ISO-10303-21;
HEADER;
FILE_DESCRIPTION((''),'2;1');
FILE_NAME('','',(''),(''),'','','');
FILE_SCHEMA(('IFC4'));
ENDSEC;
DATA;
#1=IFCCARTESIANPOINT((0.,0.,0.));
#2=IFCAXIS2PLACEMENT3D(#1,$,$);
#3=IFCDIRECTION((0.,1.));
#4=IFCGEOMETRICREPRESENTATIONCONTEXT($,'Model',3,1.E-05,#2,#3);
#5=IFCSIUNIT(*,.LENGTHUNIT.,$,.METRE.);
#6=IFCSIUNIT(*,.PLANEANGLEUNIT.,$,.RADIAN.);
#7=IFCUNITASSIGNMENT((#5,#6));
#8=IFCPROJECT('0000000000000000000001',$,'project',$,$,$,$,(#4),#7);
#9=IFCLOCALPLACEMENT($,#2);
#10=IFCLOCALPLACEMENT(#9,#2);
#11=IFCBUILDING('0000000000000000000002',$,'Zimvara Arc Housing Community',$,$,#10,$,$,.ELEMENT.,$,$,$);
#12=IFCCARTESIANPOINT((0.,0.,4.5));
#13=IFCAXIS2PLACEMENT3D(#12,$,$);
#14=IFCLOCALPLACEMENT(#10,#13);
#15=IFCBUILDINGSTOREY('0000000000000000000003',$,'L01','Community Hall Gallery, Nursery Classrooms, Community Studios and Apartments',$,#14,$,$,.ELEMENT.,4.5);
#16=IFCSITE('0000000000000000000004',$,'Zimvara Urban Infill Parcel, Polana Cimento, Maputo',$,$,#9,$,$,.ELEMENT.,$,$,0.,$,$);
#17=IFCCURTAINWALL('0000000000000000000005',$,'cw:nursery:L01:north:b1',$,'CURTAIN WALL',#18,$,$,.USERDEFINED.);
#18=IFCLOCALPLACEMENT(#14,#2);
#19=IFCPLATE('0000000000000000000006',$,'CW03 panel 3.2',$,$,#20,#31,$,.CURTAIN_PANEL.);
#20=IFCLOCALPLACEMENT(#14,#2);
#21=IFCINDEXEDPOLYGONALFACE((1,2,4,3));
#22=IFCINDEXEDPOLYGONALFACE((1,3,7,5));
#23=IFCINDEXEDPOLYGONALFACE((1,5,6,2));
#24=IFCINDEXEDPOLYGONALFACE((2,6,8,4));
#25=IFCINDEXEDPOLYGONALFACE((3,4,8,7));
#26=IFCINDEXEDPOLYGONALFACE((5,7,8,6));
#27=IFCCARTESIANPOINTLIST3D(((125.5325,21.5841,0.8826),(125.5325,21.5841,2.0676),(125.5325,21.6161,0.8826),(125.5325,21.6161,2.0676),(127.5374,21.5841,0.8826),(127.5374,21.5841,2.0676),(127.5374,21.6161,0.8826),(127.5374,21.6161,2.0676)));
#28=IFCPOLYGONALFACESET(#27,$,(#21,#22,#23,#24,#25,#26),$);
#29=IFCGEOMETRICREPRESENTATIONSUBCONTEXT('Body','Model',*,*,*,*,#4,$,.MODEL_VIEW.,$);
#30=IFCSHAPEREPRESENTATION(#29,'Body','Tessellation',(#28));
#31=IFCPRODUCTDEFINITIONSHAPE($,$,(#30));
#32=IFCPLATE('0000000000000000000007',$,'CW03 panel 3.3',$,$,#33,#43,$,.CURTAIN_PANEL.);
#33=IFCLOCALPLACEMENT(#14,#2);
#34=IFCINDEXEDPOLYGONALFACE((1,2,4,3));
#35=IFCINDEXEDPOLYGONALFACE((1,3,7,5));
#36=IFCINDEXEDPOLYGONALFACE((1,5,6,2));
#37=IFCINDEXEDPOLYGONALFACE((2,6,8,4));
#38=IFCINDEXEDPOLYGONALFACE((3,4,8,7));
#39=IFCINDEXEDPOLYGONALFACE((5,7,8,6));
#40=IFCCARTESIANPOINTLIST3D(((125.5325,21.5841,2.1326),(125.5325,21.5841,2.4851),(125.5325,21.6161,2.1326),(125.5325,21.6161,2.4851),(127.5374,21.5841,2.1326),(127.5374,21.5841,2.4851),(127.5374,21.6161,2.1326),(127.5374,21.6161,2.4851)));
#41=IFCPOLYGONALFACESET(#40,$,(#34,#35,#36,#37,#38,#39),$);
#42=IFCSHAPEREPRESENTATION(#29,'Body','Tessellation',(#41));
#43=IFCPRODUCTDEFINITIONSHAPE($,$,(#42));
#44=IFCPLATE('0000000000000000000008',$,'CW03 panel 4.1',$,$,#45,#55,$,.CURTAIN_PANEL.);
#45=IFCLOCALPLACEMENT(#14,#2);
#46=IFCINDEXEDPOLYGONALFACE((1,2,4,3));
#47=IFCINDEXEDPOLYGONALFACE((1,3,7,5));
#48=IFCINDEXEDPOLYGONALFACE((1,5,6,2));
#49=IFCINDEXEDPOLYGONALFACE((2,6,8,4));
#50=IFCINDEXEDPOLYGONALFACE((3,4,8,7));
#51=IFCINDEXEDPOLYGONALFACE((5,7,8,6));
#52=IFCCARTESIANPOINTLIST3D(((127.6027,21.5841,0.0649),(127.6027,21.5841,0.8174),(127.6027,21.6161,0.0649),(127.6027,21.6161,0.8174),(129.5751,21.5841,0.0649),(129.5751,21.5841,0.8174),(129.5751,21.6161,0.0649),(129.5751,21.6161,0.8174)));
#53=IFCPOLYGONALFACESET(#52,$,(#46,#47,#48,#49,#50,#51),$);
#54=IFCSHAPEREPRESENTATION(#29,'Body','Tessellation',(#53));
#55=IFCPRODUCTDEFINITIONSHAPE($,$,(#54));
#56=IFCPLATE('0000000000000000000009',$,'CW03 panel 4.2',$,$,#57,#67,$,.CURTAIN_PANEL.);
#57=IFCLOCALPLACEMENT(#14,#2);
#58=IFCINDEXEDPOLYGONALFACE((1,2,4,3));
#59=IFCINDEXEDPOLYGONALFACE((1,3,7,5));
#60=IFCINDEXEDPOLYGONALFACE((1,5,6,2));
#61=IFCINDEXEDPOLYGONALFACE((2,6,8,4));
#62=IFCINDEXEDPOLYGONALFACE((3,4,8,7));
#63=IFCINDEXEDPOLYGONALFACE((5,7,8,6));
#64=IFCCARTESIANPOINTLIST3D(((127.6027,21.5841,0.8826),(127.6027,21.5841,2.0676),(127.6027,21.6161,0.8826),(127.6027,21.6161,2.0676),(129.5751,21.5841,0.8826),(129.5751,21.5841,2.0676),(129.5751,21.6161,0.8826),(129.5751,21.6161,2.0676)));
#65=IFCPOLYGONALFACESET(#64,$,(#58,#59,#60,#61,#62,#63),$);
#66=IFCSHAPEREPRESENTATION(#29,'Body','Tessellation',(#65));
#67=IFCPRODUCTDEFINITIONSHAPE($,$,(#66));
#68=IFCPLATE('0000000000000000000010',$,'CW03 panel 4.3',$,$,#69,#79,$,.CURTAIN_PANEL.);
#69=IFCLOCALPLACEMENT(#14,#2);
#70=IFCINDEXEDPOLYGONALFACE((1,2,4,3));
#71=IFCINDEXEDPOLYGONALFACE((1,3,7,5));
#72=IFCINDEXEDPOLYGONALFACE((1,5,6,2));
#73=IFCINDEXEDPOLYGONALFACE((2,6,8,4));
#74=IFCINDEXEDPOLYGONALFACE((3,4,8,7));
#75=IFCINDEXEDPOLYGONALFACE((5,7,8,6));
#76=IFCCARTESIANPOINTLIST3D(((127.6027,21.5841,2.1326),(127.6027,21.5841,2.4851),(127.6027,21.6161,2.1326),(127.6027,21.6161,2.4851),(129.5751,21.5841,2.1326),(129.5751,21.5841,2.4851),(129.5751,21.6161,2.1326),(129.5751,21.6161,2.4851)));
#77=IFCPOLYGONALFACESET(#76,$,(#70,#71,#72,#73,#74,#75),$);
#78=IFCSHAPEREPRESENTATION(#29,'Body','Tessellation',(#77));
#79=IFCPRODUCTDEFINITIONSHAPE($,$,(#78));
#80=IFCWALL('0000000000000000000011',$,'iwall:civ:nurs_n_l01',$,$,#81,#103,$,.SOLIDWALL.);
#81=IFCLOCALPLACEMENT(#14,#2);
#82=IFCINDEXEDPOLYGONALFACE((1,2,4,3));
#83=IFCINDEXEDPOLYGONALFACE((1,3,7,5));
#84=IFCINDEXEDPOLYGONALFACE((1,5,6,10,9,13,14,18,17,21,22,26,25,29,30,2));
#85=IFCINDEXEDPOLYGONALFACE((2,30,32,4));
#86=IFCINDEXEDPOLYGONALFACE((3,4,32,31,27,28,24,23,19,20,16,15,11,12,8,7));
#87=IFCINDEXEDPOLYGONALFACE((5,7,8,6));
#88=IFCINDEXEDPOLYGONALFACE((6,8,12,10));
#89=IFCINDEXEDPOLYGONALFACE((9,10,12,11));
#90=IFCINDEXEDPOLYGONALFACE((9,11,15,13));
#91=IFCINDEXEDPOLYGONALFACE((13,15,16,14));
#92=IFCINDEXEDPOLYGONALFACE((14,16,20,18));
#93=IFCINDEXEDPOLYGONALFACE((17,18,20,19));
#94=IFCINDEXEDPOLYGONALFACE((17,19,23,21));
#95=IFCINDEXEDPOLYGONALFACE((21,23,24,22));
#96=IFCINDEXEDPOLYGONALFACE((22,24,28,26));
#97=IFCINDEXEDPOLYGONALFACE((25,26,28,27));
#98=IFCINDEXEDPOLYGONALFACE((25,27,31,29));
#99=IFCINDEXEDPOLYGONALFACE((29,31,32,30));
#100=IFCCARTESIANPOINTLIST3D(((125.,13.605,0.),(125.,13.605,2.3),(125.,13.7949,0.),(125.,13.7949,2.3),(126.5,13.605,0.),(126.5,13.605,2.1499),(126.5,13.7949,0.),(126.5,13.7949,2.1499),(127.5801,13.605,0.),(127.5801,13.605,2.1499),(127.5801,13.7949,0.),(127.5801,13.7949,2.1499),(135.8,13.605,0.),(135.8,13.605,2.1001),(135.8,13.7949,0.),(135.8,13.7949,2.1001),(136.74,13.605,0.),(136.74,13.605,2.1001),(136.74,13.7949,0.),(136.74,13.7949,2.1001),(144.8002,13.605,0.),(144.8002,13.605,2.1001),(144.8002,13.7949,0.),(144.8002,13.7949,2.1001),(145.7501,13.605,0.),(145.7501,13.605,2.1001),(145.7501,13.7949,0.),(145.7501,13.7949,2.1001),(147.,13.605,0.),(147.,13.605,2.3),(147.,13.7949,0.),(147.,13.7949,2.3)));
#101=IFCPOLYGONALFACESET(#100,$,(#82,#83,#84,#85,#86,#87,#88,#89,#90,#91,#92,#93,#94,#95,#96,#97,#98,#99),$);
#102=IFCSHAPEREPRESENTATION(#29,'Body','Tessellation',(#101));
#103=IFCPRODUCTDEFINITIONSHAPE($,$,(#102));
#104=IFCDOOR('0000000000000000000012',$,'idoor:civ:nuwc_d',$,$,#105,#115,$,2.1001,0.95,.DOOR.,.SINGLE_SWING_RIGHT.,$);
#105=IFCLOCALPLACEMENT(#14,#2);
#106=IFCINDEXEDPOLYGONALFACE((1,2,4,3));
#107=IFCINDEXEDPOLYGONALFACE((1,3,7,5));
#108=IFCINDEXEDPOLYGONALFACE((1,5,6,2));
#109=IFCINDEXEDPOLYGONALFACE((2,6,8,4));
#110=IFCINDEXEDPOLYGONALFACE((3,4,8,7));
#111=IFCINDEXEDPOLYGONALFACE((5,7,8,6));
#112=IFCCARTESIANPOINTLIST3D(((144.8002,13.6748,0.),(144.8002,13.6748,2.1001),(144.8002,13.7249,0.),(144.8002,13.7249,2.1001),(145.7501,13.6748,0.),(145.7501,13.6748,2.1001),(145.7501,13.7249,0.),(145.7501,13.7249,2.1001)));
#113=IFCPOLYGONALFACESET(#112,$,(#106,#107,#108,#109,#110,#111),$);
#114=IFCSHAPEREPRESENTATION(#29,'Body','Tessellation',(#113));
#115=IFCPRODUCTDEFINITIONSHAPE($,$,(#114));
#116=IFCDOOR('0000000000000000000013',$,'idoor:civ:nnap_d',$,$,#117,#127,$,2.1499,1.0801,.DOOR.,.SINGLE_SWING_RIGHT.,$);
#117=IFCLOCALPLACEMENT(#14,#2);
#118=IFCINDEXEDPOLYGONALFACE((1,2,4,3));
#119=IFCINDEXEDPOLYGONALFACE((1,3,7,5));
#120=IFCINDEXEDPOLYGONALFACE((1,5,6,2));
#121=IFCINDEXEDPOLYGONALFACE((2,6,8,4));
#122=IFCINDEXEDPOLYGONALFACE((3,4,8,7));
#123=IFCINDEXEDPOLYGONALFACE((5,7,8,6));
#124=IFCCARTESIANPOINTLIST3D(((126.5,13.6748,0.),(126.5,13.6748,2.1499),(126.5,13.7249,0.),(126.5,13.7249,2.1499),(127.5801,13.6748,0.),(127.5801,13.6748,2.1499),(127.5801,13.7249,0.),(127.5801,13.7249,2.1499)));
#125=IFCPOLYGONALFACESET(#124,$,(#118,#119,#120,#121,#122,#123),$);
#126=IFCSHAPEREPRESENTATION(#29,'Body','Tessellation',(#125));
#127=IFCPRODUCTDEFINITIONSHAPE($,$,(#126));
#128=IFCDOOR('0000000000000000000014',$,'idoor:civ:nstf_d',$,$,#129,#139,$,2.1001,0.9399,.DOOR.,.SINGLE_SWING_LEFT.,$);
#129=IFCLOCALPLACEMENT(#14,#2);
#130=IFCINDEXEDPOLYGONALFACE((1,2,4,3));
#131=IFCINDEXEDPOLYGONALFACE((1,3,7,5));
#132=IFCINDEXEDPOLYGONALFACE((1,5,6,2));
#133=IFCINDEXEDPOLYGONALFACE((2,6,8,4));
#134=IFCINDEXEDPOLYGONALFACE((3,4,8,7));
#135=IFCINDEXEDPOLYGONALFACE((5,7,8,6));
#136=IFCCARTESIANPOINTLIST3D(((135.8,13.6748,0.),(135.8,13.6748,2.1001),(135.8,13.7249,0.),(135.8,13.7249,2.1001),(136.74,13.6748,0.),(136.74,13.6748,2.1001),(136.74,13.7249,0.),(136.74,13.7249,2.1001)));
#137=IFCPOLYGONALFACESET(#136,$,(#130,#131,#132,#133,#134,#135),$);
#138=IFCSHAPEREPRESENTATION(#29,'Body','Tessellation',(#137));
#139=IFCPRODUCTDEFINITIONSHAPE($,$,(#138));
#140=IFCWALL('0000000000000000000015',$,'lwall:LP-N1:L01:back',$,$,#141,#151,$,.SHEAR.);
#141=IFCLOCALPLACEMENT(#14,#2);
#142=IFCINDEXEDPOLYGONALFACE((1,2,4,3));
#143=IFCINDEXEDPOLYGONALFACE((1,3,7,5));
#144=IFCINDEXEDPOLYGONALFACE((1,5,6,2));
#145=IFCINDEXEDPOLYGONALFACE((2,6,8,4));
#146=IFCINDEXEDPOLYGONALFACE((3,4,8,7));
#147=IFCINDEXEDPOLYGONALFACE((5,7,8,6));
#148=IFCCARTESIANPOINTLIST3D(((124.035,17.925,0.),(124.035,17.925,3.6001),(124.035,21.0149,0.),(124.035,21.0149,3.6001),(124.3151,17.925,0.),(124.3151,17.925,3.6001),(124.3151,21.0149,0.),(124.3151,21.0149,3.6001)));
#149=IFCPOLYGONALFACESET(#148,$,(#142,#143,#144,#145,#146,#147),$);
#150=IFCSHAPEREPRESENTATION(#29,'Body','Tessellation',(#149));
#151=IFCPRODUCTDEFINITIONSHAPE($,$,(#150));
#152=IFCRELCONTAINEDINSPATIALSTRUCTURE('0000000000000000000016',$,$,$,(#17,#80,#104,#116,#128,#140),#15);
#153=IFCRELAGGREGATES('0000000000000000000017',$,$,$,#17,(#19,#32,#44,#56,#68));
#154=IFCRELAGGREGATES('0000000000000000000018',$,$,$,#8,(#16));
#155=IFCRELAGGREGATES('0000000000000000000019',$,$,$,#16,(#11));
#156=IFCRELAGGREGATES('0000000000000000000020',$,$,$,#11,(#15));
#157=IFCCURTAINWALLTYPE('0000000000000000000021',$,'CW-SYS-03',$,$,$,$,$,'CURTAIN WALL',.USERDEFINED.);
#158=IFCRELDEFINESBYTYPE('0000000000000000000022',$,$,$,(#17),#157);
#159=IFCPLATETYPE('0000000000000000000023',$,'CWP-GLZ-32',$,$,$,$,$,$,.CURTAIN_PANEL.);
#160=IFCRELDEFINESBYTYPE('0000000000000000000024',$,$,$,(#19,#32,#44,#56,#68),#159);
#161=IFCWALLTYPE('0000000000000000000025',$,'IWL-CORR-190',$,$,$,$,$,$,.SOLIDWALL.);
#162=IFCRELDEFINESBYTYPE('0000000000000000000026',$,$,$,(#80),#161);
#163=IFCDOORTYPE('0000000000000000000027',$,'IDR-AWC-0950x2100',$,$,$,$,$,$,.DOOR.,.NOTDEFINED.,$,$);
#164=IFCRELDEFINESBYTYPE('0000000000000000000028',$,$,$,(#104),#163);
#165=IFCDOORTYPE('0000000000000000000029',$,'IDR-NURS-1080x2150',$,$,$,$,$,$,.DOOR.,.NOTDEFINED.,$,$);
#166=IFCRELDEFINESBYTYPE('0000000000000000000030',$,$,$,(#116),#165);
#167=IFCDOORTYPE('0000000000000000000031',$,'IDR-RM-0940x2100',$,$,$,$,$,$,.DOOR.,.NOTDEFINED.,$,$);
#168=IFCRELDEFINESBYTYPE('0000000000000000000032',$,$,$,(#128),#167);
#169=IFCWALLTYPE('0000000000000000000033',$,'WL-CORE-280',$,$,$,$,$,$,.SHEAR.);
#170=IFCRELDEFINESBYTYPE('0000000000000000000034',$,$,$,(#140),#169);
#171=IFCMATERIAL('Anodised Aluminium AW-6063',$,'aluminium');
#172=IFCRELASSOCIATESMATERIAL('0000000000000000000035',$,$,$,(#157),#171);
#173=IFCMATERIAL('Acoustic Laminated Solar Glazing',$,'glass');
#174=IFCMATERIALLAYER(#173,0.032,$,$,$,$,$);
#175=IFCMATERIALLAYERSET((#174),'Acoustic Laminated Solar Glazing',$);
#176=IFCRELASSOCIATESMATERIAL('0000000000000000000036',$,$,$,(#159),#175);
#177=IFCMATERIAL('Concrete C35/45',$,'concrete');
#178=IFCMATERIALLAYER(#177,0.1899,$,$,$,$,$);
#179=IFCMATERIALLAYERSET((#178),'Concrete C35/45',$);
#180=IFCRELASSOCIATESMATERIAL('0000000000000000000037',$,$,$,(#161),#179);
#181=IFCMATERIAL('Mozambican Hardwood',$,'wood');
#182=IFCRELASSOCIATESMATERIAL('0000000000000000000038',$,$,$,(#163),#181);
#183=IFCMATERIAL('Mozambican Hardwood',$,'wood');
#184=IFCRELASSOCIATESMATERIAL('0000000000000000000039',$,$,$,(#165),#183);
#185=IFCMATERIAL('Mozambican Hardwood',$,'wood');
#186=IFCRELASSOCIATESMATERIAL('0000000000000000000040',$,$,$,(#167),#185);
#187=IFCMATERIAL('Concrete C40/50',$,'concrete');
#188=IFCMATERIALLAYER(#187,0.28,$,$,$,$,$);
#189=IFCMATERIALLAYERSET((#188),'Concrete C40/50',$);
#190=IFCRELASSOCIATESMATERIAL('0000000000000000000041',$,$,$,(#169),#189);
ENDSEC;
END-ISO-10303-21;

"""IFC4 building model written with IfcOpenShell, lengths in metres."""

from ifc_helpers import new_model, si_unit, direction, frame, frame_2d, origin, origin_2d, place, context, subcontext, project, spatial, rectangle, extrude, material, layer, layer_set, type_object, element, fill, aggregate, save


model = new_model("IFC4")

# Units and contexts
model_context = context("Model", 3, precision=1e-05, world=origin(), true_north=direction((0.0, 1.0)))
body_context = subcontext(model_context, "Body", "Model", "MODEL_VIEW")
ifc_project = project(units=[si_unit("LENGTHUNIT", "METRE"), si_unit("PLANEANGLEUNIT", "RADIAN")], contexts=[model_context])

# Site, building, storey
site_placement = place(None, origin())
site = spatial("IfcSite", under=ifc_project, at=site_placement, Name="Zimvara Urban Infill Parcel, Polana Cimento, Maputo", CompositionType="ELEMENT", RefElevation=0.0)
building_placement = place(site_placement, origin())
building = spatial("IfcBuilding", under=site, at=building_placement, Name="Zimvara Arc Housing Community", CompositionType="ELEMENT")
storey_placement = place(building_placement, frame((0.0, 0.0, 4.5)))
storey = spatial("IfcBuildingStorey", under=building, at=storey_placement, Name="L01", Description="Community Hall Gallery, Nursery Classrooms, Community Studios and Apartments", CompositionType="ELEMENT", Elevation=4.5)

# Curtain wall, plates
ifc_material_1 = material(Name="Anodised Aluminium AW-6063", Category="aluminium")
curtain_wall_type = type_object("IfcCurtainWallType", Name="CW-SYS-03", ElementType="CURTAIN WALL", PredefinedType="USERDEFINED", material=ifc_material_1)
curtain_wall_placement = place(storey_placement, origin())
curtain_wall = element("IfcCurtainWall", 1, at=curtain_wall_placement, inside=storey, type_object=curtain_wall_type, Name="cw:nursery:L01:north:b1", ObjectType="CURTAIN WALL", PredefinedType="USERDEFINED")
ifc_material_2 = material(Name="Acoustic Laminated Solar Glazing", Category="glass")
ifc_layer_1 = layer(ifc_material_2, 0.032)
ifc_layer_set_1 = layer_set([ifc_layer_1], Name="Acoustic Laminated Solar Glazing")
plate_type = type_object("IfcPlateType", Name="CWP-GLZ-32", PredefinedType="CURTAIN_PANEL", material=ifc_layer_set_1)
plate_1_placement = place(storey_placement, frame((126.5349, 21.6001, 0.8826), z_axis=(0.0, 0.0, 1.0), x_axis=(1.0, 0.0, 0.0)))
plate_1 = element("IfcPlate", 2, at=plate_1_placement, type_object=plate_type, Name="CW03 panel 3.2", PredefinedType="CURTAIN_PANEL", context=body_context, shape_type="SweptSolid", body=[
    extrude(rectangle(XDim=2.0049, YDim=0.032, at=origin_2d()), origin(), (0.0, 0.0, 1.0), 1.1851),
])
plate_2_placement = place(storey_placement, frame((126.5349, 21.6001, 2.1326), z_axis=(0.0, 0.0, 1.0), x_axis=(1.0, 0.0, 0.0)))
plate_2 = element("IfcPlate", 3, at=plate_2_placement, type_object=plate_type, Name="CW03 panel 3.3", PredefinedType="CURTAIN_PANEL", context=body_context, shape_type="SweptSolid", body=[
    extrude(rectangle(XDim=2.0049, YDim=0.032, at=origin_2d()), origin(), (0.0, 0.0, 1.0), 0.3525),
])
plate_3_placement = place(storey_placement, frame((128.5889, 21.6001, 0.0649), z_axis=(0.0, 0.0, 1.0), x_axis=(1.0, 0.0, 0.0)))
plate_3 = element("IfcPlate", 4, at=plate_3_placement, type_object=plate_type, Name="CW03 panel 4.1", PredefinedType="CURTAIN_PANEL", context=body_context, shape_type="SweptSolid", body=[
    extrude(rectangle(XDim=1.9724, YDim=0.032, at=origin_2d()), origin(), (0.0, 0.0, 1.0), 0.7524),
])
plate_4_placement = place(storey_placement, frame((128.5889, 21.6001, 0.8826), z_axis=(0.0, 0.0, 1.0), x_axis=(1.0, 0.0, 0.0)))
plate_4 = element("IfcPlate", 5, at=plate_4_placement, type_object=plate_type, Name="CW03 panel 4.2", PredefinedType="CURTAIN_PANEL", context=body_context, shape_type="SweptSolid", body=[
    extrude(rectangle(XDim=1.9724, YDim=0.032, at=origin_2d()), origin(), (0.0, 0.0, 1.0), 1.1851),
])
plate_5_placement = place(storey_placement, frame((128.5889, 21.6001, 2.1326), z_axis=(0.0, 0.0, 1.0), x_axis=(1.0, 0.0, 0.0)))
plate_5 = element("IfcPlate", 6, at=plate_5_placement, type_object=plate_type, Name="CW03 panel 4.3", PredefinedType="CURTAIN_PANEL", context=body_context, shape_type="SweptSolid", body=[
    extrude(rectangle(XDim=1.9724, YDim=0.032, at=origin_2d()), origin(), (0.0, 0.0, 1.0), 0.3525),
])
aggregate(curtain_wall, [plate_1, plate_2, plate_3, plate_4, plate_5])

# Wall, openings, doors
ifc_material_3 = material(Name="Concrete C35/45", Category="concrete")
ifc_layer_2 = layer(ifc_material_3, 0.1899)
ifc_layer_set_2 = layer_set([ifc_layer_2], Name="Concrete C35/45")
wall_type_1 = type_object("IfcWallType", Name="IWL-CORR-190", PredefinedType="SOLIDWALL", material=ifc_layer_set_2)
wall_1_placement = place(storey_placement, frame((125.0, 13.7, 0.0), z_axis=(0.0, 0.0, 1.0), x_axis=(1.0, 0.0, 0.0)))
wall_1 = element("IfcWall", 7, at=wall_1_placement, inside=storey, type_object=wall_type_1, Name="iwall:civ:nurs_n_l01", PredefinedType="SOLIDWALL", context=body_context, shape_type="SweptSolid", body=[
    extrude(rectangle(XDim=22.0, YDim=0.1899, at=frame_2d((11.0, 0.0))), origin(), (0.0, 0.0, 1.0), 2.3),
])
opening_1_placement = place(wall_1_placement, frame((1.5, 0.0, 0.0)))
opening_1 = element("IfcOpeningElement", 8, at=opening_1_placement, cuts=wall_1, PredefinedType="OPENING", context=body_context, shape_type="SweptSolid", body=[
    extrude(rectangle(XDim=1.0801, YDim=2.1499, at=frame_2d((0.54, 1.075))), frame((0.0, 0.105, 0.0), z_axis=(0.0, -1.0, 0.0), x_axis=(1.0, 0.0, 0.0)), (0.0, 0.0, 1.0), 0.21),
])
opening_2_placement = place(wall_1_placement, frame((10.8, 0.0, 0.0)))
opening_2 = element("IfcOpeningElement", 9, at=opening_2_placement, cuts=wall_1, PredefinedType="OPENING", context=body_context, shape_type="SweptSolid", body=[
    extrude(rectangle(XDim=0.9399, YDim=2.1001, at=frame_2d((0.47, 1.05))), frame((0.0, 0.105, 0.0), z_axis=(0.0, -1.0, 0.0), x_axis=(1.0, 0.0, 0.0)), (0.0, 0.0, 1.0), 0.21),
])
opening_3_placement = place(wall_1_placement, frame((19.8, 0.0, 0.0)))
opening_3 = element("IfcOpeningElement", 10, at=opening_3_placement, cuts=wall_1, PredefinedType="OPENING", context=body_context, shape_type="SweptSolid", body=[
    extrude(rectangle(XDim=0.95, YDim=2.1001, at=frame_2d((0.4751, 1.05))), frame((0.0, 0.105, 0.0), z_axis=(0.0, -1.0, 0.0), x_axis=(1.0, 0.0, 0.0)), (0.0, 0.0, 1.0), 0.21),
])
ifc_material_4 = material(Name="Mozambican Hardwood", Category="wood")
door_type_1 = type_object("IfcDoorType", Name="IDR-AWC-0950x2100", OperationType="NOTDEFINED", PredefinedType="DOOR", material=ifc_material_4)
door_1_placement = place(opening_3_placement, origin())
door_1 = element("IfcDoor", 11, at=door_1_placement, inside=storey, type_object=door_type_1, Name="idoor:civ:nuwc_d", OperationType="SINGLE_SWING_RIGHT", OverallHeight=2.1001, OverallWidth=0.95, PredefinedType="DOOR", context=body_context, shape_type="SweptSolid", body=[
    extrude(rectangle(XDim=0.95, YDim=2.1001, at=frame_2d((0.4751, 1.05))), frame((0.0, 0.0249, 0.0), z_axis=(0.0, -1.0, 0.0), x_axis=(1.0, 0.0, 0.0)), (0.0, 0.0, 1.0), 0.05),
])
fill(opening_3, door_1)
ifc_material_5 = material(Name="Mozambican Hardwood", Category="wood")
door_type_2 = type_object("IfcDoorType", Name="IDR-NURS-1080x2150", OperationType="NOTDEFINED", PredefinedType="DOOR", material=ifc_material_5)
door_2_placement = place(opening_1_placement, origin())
door_2 = element("IfcDoor", 12, at=door_2_placement, inside=storey, type_object=door_type_2, Name="idoor:civ:nnap_d", OperationType="SINGLE_SWING_RIGHT", OverallHeight=2.1499, OverallWidth=1.0801, PredefinedType="DOOR", context=body_context, shape_type="SweptSolid", body=[
    extrude(rectangle(XDim=1.0801, YDim=2.1499, at=frame_2d((0.54, 1.075))), frame((0.0, 0.0249, 0.0), z_axis=(0.0, -1.0, 0.0), x_axis=(1.0, 0.0, 0.0)), (0.0, 0.0, 1.0), 0.05),
])
fill(opening_1, door_2)
ifc_material_6 = material(Name="Mozambican Hardwood", Category="wood")
door_type_3 = type_object("IfcDoorType", Name="IDR-RM-0940x2100", OperationType="NOTDEFINED", PredefinedType="DOOR", material=ifc_material_6)
door_3_placement = place(opening_2_placement, origin())
door_3 = element("IfcDoor", 13, at=door_3_placement, inside=storey, type_object=door_type_3, Name="idoor:civ:nstf_d", OperationType="SINGLE_SWING_LEFT", OverallHeight=2.1001, OverallWidth=0.9399, PredefinedType="DOOR", context=body_context, shape_type="SweptSolid", body=[
    extrude(rectangle(XDim=0.9399, YDim=2.1001, at=frame_2d((0.47, 1.05))), frame((0.0, 0.0249, 0.0), z_axis=(0.0, -1.0, 0.0), x_axis=(1.0, 0.0, 0.0)), (0.0, 0.0, 1.0), 0.05),
])
fill(opening_2, door_3)

# Wall
ifc_material_7 = material(Name="Concrete C40/50", Category="concrete")
ifc_layer_3 = layer(ifc_material_7, 0.28)
ifc_layer_set_3 = layer_set([ifc_layer_3], Name="Concrete C40/50")
wall_type_2 = type_object("IfcWallType", Name="WL-CORE-280", PredefinedType="SHEAR", material=ifc_layer_set_3)
wall_2_placement = place(storey_placement, frame((124.175, 17.925, 0.0), z_axis=(0.0, 0.0, 1.0), x_axis=(0.0, 1.0, 0.0)))
element("IfcWall", 14, at=wall_2_placement, inside=storey, type_object=wall_type_2, Name="lwall:LP-N1:L01:back", PredefinedType="SHEAR", context=body_context, shape_type="SweptSolid", body=[
    extrude(rectangle(XDim=3.0898, YDim=0.28, at=frame_2d((1.5449, 0.0))), origin(), (0.0, 0.0, 1.0), 3.6001),
])

save(model, "model.ifc")
